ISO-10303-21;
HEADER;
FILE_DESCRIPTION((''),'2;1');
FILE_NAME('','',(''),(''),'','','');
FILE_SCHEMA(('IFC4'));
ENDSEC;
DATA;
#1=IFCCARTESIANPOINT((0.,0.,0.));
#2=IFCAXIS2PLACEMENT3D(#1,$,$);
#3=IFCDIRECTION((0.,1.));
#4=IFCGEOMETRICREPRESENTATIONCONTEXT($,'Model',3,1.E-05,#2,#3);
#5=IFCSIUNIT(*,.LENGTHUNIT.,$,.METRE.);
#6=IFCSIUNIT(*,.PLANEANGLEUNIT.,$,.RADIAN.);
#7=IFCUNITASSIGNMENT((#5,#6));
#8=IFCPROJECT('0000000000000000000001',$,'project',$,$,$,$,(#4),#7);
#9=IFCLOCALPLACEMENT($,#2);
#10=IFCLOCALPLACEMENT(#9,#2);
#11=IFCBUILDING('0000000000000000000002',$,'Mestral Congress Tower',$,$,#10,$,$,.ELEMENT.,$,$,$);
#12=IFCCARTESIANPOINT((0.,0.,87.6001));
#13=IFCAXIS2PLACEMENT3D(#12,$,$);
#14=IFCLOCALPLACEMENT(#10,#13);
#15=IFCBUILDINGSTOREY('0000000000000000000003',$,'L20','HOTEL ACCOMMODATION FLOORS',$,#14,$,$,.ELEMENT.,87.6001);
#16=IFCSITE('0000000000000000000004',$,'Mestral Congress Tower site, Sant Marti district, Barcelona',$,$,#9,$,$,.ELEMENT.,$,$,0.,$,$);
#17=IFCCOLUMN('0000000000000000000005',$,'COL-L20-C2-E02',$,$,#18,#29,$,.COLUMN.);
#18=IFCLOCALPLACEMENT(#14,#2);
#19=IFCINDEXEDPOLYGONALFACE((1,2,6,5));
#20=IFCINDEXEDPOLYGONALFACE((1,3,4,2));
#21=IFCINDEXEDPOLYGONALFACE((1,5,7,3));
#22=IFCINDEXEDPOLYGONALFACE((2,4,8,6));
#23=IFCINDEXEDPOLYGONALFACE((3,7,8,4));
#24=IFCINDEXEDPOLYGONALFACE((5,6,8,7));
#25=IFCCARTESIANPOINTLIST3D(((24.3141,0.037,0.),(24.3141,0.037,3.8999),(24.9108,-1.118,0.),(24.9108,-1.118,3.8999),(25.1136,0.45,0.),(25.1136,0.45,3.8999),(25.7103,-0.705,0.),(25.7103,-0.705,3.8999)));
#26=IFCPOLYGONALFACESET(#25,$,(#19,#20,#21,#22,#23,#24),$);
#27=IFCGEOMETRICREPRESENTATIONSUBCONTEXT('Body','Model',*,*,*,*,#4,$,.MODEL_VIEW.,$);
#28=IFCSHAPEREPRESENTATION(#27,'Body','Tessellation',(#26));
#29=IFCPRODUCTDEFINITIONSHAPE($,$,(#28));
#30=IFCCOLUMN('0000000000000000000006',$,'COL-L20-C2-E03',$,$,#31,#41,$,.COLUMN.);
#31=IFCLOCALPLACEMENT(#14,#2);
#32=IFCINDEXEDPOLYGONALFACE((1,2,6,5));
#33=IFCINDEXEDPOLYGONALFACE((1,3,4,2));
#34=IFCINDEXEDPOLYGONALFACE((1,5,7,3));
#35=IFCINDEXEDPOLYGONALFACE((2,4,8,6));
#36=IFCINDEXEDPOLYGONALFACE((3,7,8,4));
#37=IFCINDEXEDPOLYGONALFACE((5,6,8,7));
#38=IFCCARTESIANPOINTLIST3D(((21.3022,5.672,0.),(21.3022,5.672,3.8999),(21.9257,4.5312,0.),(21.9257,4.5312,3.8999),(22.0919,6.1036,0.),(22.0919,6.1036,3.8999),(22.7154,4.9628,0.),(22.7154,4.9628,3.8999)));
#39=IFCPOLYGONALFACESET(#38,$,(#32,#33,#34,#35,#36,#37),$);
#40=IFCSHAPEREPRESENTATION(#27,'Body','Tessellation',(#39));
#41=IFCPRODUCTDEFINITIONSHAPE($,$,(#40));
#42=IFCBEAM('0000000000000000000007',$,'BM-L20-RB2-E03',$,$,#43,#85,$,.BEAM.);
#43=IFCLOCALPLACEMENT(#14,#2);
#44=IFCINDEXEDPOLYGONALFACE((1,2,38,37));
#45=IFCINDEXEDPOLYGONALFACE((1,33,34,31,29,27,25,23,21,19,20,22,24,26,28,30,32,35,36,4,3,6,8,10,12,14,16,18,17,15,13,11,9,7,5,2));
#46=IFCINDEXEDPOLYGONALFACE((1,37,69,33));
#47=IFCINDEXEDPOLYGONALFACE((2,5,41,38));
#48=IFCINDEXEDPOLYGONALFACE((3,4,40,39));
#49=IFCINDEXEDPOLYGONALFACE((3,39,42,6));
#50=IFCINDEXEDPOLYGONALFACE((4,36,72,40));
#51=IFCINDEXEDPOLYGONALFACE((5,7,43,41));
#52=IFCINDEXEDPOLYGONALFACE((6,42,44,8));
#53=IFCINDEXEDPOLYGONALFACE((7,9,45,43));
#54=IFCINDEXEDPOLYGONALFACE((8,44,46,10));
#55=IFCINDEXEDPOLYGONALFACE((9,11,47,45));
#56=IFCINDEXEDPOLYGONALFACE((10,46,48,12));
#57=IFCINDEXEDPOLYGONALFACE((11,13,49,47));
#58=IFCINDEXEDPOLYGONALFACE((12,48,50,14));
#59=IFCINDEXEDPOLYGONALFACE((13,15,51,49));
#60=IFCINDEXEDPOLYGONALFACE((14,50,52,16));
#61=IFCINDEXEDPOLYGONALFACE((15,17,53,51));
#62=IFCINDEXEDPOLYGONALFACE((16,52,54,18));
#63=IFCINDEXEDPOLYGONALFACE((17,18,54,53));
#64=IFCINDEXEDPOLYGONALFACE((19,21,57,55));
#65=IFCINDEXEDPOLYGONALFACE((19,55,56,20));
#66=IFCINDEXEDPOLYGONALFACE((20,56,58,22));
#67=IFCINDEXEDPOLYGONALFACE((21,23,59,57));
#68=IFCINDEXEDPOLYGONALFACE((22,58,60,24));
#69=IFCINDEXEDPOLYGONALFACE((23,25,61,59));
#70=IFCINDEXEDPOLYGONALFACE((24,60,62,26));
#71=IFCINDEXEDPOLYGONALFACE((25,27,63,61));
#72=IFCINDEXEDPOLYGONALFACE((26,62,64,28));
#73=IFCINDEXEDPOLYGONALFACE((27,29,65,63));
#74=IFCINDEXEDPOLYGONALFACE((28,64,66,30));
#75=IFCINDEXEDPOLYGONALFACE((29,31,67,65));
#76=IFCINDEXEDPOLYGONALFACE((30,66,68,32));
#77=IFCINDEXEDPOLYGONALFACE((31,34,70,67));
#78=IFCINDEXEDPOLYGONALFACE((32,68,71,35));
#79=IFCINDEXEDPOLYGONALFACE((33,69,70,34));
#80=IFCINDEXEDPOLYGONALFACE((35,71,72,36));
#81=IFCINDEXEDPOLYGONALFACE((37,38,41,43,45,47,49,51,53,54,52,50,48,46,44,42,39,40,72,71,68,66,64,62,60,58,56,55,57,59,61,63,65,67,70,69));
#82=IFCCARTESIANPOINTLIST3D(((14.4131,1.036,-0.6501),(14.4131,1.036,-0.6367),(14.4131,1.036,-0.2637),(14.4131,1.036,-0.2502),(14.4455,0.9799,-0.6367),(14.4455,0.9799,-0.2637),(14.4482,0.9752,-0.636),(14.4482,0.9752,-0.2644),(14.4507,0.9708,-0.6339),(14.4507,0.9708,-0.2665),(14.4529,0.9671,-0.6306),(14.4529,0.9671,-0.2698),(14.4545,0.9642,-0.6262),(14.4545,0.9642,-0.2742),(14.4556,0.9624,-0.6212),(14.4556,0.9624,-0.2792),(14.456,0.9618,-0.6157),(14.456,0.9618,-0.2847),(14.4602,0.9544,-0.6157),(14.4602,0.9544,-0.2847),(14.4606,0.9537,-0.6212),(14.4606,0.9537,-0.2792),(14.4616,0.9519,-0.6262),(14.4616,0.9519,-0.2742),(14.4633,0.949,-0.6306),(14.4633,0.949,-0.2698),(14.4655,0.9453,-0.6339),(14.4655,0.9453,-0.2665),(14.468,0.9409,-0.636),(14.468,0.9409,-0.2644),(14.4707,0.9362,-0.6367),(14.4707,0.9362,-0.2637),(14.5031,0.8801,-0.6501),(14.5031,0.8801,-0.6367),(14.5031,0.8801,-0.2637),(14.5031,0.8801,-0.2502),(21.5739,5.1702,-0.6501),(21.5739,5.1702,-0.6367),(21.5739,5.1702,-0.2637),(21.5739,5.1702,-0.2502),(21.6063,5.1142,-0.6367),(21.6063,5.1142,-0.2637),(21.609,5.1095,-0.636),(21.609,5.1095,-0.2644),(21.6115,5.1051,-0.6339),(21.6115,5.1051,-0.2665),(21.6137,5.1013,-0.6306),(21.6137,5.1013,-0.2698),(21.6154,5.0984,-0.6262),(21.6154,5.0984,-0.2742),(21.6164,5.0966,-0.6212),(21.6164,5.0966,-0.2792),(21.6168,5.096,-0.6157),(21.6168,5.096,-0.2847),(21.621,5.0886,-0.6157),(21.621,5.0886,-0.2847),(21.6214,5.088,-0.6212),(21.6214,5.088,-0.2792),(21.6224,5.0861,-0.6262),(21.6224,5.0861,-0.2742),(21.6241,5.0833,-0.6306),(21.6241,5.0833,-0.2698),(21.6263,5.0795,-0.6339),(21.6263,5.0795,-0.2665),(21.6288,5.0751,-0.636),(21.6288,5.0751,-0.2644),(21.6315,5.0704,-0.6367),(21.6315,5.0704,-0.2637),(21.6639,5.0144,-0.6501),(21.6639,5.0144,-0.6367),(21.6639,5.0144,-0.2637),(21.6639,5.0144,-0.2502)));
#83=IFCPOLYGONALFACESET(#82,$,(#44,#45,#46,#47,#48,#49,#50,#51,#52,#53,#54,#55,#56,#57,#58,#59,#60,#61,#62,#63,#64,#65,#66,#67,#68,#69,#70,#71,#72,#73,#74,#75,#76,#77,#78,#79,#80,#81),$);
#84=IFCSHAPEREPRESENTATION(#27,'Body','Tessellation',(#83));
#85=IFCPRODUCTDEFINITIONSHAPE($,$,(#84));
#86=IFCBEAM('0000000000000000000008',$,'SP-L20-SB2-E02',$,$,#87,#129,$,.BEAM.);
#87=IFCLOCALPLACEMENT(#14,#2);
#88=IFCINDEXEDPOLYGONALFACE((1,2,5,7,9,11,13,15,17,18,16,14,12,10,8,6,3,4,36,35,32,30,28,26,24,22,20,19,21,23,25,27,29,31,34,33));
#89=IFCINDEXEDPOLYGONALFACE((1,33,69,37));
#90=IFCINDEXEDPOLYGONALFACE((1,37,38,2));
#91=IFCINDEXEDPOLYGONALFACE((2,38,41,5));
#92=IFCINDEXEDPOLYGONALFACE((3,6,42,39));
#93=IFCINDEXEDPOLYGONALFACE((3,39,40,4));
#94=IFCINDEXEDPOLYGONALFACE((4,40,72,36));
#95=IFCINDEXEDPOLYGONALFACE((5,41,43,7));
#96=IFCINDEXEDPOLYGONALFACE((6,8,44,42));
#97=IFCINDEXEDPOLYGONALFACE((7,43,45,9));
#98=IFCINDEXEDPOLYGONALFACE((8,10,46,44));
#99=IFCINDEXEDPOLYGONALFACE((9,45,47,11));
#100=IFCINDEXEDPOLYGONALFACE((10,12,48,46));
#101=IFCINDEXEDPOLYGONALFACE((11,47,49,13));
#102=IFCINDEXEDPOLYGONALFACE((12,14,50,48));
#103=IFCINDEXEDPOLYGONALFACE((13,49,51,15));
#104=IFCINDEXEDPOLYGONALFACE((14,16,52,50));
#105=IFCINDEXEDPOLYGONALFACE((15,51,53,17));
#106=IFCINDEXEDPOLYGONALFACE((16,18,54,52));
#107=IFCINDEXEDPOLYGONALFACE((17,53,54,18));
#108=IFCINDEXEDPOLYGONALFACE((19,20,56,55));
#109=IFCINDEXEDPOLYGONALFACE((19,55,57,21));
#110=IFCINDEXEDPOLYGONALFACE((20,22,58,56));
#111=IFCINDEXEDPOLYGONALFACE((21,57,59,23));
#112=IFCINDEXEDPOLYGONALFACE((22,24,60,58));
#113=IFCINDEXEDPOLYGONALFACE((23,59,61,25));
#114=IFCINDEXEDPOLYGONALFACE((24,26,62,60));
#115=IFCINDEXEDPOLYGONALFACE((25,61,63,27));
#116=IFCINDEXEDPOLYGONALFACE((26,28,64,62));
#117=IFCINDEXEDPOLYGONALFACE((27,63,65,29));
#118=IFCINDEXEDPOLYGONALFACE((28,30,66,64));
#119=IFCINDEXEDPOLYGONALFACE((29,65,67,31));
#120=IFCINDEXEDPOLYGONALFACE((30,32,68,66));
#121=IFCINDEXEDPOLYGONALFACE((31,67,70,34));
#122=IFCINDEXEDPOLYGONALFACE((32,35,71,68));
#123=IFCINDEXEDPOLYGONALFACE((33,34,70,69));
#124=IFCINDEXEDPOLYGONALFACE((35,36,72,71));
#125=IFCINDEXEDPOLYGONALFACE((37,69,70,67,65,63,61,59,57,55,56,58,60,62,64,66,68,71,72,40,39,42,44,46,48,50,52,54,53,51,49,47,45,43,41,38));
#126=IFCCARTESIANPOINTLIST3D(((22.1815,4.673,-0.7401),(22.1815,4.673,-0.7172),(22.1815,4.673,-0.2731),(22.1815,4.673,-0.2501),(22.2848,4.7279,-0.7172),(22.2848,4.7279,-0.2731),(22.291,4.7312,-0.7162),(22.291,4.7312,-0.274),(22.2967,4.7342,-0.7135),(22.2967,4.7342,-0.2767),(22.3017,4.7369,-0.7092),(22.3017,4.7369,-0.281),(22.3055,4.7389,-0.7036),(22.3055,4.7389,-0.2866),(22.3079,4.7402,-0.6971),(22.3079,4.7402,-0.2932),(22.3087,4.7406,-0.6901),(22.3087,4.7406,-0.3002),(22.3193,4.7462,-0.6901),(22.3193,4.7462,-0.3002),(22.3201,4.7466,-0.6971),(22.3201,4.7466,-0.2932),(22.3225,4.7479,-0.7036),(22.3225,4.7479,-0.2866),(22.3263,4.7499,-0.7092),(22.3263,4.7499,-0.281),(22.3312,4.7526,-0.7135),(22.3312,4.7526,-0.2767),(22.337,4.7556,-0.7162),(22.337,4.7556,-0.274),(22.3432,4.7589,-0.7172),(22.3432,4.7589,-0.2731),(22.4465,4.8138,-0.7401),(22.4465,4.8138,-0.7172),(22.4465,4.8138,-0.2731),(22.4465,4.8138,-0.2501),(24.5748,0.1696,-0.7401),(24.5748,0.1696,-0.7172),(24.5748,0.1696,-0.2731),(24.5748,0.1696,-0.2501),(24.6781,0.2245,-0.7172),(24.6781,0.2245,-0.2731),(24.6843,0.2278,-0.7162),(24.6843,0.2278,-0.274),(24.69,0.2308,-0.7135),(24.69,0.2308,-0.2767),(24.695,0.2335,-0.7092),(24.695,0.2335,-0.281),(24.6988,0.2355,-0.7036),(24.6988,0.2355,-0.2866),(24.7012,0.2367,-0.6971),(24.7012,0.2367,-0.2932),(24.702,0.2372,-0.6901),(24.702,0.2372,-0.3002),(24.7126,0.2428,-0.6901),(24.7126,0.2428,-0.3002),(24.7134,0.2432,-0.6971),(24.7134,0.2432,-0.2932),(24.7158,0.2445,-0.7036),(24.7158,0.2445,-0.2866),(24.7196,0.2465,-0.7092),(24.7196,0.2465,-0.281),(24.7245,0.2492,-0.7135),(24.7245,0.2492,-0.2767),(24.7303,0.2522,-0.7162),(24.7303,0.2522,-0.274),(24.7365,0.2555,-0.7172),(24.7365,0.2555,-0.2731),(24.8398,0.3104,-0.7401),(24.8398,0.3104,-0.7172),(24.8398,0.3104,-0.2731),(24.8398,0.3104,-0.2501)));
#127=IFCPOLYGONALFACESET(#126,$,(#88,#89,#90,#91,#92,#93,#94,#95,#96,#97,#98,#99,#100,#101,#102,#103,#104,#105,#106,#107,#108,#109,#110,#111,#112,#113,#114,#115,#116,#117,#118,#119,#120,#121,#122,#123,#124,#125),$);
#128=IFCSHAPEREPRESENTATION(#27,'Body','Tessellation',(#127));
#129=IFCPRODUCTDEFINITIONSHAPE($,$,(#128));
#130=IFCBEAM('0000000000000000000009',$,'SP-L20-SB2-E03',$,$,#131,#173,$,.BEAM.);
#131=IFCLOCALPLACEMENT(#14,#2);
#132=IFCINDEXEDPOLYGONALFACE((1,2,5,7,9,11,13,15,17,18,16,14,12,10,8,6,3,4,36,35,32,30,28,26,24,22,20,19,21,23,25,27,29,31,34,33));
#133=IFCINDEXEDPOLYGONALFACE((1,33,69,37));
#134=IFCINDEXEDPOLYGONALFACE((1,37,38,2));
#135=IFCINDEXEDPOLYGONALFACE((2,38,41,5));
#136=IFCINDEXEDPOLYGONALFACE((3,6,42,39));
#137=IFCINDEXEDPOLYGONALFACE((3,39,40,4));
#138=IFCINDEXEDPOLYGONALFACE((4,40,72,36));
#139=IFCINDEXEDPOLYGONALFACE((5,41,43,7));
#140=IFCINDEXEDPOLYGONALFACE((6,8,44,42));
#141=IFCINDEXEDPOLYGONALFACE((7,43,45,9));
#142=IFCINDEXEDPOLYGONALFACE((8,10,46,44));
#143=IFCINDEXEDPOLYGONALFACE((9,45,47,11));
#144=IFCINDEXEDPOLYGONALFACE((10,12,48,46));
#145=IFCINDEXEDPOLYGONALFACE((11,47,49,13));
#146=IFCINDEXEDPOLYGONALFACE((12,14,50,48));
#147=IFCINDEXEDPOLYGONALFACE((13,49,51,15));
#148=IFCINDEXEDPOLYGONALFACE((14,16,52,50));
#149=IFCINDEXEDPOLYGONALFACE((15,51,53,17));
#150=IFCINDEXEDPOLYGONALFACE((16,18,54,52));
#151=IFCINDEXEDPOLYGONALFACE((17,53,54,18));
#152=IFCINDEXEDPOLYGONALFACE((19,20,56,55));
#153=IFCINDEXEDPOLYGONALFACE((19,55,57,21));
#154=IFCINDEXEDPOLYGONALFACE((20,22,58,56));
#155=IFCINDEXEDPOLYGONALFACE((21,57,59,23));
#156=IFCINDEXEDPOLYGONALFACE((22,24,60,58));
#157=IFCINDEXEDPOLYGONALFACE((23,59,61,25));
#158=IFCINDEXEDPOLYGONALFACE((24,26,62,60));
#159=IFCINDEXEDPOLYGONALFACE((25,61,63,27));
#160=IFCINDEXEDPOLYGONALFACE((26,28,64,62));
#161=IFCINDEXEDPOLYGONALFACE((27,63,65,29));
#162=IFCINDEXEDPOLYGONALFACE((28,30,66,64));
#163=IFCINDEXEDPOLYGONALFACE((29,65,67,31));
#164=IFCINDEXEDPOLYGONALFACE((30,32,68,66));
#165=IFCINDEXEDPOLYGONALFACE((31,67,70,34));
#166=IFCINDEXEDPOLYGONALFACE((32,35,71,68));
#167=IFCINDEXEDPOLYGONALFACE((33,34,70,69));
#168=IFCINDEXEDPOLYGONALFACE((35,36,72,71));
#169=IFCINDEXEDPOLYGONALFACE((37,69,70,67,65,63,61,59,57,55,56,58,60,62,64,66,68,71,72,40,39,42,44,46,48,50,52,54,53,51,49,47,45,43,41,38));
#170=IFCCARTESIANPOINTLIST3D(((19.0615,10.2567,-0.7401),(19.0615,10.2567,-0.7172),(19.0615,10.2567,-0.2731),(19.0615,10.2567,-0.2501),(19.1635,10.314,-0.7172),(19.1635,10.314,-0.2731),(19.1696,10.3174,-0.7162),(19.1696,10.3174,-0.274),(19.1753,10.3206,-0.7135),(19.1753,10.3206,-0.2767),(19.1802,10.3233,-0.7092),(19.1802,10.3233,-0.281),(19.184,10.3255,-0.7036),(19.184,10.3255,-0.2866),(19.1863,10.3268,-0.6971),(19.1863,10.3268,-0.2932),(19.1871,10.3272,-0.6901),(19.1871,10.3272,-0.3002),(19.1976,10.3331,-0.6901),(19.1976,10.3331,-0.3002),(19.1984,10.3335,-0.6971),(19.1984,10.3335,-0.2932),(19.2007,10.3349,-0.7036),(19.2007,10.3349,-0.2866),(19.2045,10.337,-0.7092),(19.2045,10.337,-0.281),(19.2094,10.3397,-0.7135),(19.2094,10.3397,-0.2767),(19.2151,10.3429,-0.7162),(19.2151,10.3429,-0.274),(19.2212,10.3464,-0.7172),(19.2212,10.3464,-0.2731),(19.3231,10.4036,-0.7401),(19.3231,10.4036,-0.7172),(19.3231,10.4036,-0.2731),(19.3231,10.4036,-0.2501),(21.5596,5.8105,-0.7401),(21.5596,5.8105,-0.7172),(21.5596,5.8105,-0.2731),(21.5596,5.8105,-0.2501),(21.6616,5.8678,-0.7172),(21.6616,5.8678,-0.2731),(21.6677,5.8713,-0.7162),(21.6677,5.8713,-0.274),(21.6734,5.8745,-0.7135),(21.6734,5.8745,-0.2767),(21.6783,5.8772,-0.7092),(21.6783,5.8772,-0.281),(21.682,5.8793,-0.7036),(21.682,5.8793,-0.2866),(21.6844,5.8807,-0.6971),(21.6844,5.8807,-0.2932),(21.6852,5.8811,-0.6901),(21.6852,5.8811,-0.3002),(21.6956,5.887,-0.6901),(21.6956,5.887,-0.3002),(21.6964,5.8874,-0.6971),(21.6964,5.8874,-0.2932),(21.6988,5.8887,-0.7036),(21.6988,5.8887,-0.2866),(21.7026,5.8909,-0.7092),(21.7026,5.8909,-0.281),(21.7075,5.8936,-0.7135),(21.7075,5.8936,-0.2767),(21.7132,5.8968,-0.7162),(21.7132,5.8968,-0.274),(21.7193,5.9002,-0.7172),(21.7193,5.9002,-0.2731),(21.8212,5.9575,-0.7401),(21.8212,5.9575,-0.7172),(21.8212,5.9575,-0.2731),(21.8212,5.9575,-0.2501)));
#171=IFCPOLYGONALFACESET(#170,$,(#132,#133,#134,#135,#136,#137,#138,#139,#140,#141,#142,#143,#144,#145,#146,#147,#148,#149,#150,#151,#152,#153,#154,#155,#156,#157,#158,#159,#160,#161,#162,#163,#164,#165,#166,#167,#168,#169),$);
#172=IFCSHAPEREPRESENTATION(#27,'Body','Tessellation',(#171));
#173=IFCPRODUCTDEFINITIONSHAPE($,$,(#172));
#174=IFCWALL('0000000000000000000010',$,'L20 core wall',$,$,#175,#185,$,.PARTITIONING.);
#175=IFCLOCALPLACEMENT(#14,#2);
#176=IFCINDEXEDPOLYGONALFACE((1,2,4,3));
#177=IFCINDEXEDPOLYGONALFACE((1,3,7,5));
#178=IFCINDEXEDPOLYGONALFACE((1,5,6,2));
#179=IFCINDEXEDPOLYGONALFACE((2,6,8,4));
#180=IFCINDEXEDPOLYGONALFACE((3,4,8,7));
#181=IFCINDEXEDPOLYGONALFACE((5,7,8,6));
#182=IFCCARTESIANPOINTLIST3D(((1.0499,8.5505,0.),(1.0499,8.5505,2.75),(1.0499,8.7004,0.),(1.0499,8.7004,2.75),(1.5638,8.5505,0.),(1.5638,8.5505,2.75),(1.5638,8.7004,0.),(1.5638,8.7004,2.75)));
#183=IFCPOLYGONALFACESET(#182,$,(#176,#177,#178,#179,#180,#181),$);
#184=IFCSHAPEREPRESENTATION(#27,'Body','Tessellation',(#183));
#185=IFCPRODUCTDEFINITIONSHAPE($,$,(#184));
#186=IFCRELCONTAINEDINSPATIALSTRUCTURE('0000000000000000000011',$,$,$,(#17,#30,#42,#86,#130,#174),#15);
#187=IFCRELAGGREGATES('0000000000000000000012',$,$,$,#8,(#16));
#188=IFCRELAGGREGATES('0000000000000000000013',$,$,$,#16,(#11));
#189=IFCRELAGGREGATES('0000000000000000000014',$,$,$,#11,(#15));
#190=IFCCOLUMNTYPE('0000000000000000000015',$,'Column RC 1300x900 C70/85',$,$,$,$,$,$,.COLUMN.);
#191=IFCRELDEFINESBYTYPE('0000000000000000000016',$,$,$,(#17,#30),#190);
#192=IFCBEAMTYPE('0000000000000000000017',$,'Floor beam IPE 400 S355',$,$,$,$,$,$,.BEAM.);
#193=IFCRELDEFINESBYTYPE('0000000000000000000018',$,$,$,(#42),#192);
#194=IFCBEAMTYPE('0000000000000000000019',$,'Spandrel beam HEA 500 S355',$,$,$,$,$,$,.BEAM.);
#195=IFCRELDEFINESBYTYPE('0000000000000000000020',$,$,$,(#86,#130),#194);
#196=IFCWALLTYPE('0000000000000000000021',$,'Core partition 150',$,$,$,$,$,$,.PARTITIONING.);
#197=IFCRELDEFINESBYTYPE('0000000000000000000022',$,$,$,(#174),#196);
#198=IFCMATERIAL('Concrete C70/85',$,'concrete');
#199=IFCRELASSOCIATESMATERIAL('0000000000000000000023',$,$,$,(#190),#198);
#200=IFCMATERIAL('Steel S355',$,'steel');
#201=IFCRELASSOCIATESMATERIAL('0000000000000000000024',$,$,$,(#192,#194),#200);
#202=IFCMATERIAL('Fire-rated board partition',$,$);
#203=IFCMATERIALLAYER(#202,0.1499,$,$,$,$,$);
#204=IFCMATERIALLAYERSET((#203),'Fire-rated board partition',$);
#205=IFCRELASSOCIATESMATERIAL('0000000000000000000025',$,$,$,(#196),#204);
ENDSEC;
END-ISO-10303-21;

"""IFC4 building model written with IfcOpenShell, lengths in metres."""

from ifc_helpers import new_model, si_unit, direction, frame, frame_2d, origin, origin_2d, place, context, subcontext, project, spatial, rectangle, i_section, extrude, material, layer, layer_set, material_profile, profile_set, type_object, element, save


model = new_model("IFC4")

# Units and contexts
model_context = context("Model", 3, precision=1e-05, world=origin(), true_north=direction((0.0, 1.0)))
body_context = subcontext(model_context, "Body", "Model", "MODEL_VIEW")
ifc_project = project(units=[si_unit("LENGTHUNIT", "METRE"), si_unit("PLANEANGLEUNIT", "RADIAN")], contexts=[model_context])

# Site, building, storey
site_placement = place(None, origin())
site = spatial("IfcSite", under=ifc_project, at=site_placement, Name="Mestral Congress Tower site, Sant Marti district, Barcelona", CompositionType="ELEMENT", RefElevation=0.0)
building_placement = place(site_placement, origin())
building = spatial("IfcBuilding", under=site, at=building_placement, Name="Mestral Congress Tower", CompositionType="ELEMENT")
storey_placement = place(building_placement, frame((0.0, 0.0, 87.6001)))
storey = spatial("IfcBuildingStorey", under=building, at=storey_placement, Name="L20", Description="HOTEL ACCOMMODATION FLOORS", CompositionType="ELEMENT", Elevation=87.6001)

# Columns
ifc_material_1 = material(Name="Concrete C70/85", Category="concrete")
ifc_material_profile_1 = material_profile(ifc_material_1, rectangle(XDim=1.3, YDim=0.8999, at=origin_2d()), Name="RC 1300x900")
ifc_profile_set_1 = profile_set([ifc_material_profile_1], Name="Concrete C70/85")
column_type = type_object("IfcColumnType", Name="Column RC 1300x900 C70/85", PredefinedType="COLUMN", material=ifc_profile_set_1)
for number, where, z_axis, x_axis, name in (
    (1, (25.0122, -0.334, 0.0), (0.0, 0.0, 1.0), (-0.458961, 0.888456, 0.0), "COL-L20-C2-E02"),
    (2, (22.0088, 5.3174, 0.0), (0.0, 0.0, 1.0), (-0.479613, 0.87748, 0.0), "COL-L20-C2-E03"),
):
    element("IfcColumn", number, at=place(storey_placement, frame(where, z_axis=z_axis, x_axis=x_axis)), inside=storey, type_object=column_type, Name=name, PredefinedType="COLUMN", context=body_context, shape_type="SweptSolid", body=[
        extrude(rectangle(XDim=1.3, YDim=0.8999, at=origin_2d()), origin(), (0.0, 0.0, 1.0), 3.8999),
    ])

# Beams
ifc_material_2 = material(Name="Steel S355", Category="steel")
ifc_material_profile_2 = material_profile(ifc_material_2, i_section(OverallWidth=0.1799, OverallDepth=0.3999, WebThickness=0.0085, FlangeThickness=0.0134, FilletRadius=0.021, at=origin_2d()), Name="IPE 400")
ifc_profile_set_2 = profile_set([ifc_material_profile_2], Name="Steel S355")
beam_type_1 = type_object("IfcBeamType", Name="Floor beam IPE 400 S355", PredefinedType="BEAM", material=ifc_profile_set_2)
beam_placement = place(storey_placement, frame((21.6189, 5.0923, -0.4502), z_axis=(-0.866029, -0.499994, 0.0), x_axis=(0.499994, -0.866029, 0.0)))
element("IfcBeam", 3, at=beam_placement, inside=storey, type_object=beam_type_1, Name="BM-L20-RB2-E03", PredefinedType="BEAM", context=body_context, shape_type="SweptSolid", body=[
    extrude(i_section(OverallWidth=0.1799, OverallDepth=0.3999, WebThickness=0.0085, FlangeThickness=0.0134, FilletRadius=0.021, at=origin_2d()), origin(), (0.0, 0.0, 1.0), 8.2686),
])
ifc_material_profile_3 = material_profile(ifc_material_2, i_section(OverallWidth=0.3, OverallDepth=0.49, WebThickness=0.012, FlangeThickness=0.0229, FilletRadius=0.0271, at=origin_2d()), Name="HEA 500")
ifc_profile_set_3 = profile_set([ifc_material_profile_3], Name="Steel S355")
beam_type_2 = type_object("IfcBeamType", Name="Spandrel beam HEA 500 S355", PredefinedType="BEAM", material=ifc_profile_set_3)
for number, where, z_axis, x_axis, name in (
    (4, (24.7073, 0.24, -0.4951), (-0.469288, 0.883045, 0.0), (-0.883045, -0.469288, 0.0), "SP-L20-SB2-E02"),
    (5, (21.6904, 5.884, -0.4951), (-0.489836, 0.871815, 0.0), (-0.871815, -0.489836, 0.0), "SP-L20-SB2-E03"),
):
    element("IfcBeam", number, at=place(storey_placement, frame(where, z_axis=z_axis, x_axis=x_axis)), inside=storey, type_object=beam_type_2, Name=name, PredefinedType="BEAM", context=body_context, shape_type="SweptSolid", body=[
        extrude(i_section(OverallWidth=0.3, OverallDepth=0.49, WebThickness=0.012, FlangeThickness=0.0229, FilletRadius=0.0271, at=origin_2d()), origin(), (0.0, 0.0, 1.0), 5.0999),
    ])

# Wall
ifc_material_3 = material(Name="Fire-rated board partition")
ifc_layer_1 = layer(ifc_material_3, 0.1499)
ifc_layer_set_1 = layer_set([ifc_layer_1], Name="Fire-rated board partition")
wall_type_1 = type_object("IfcWallType", Name="Core partition 150", PredefinedType="PARTITIONING", material=ifc_layer_set_1)
wall_1_placement = place(storey_placement, frame((1.05, 8.6255, 0.0), z_axis=(0.0, 0.0, 1.0), x_axis=(1.0, 0.0, 0.0)))
element("IfcWall", 6, at=wall_1_placement, inside=storey, type_object=wall_type_1, Name="L20 core wall", PredefinedType="PARTITIONING", context=body_context, shape_type="SweptSolid", body=[
    extrude(rectangle(XDim=0.5139, YDim=0.1499, at=frame_2d((0.2568, 0.0))), origin(), (0.0, 0.0, 1.0), 2.75),
])

save(model, "model.ifc")
